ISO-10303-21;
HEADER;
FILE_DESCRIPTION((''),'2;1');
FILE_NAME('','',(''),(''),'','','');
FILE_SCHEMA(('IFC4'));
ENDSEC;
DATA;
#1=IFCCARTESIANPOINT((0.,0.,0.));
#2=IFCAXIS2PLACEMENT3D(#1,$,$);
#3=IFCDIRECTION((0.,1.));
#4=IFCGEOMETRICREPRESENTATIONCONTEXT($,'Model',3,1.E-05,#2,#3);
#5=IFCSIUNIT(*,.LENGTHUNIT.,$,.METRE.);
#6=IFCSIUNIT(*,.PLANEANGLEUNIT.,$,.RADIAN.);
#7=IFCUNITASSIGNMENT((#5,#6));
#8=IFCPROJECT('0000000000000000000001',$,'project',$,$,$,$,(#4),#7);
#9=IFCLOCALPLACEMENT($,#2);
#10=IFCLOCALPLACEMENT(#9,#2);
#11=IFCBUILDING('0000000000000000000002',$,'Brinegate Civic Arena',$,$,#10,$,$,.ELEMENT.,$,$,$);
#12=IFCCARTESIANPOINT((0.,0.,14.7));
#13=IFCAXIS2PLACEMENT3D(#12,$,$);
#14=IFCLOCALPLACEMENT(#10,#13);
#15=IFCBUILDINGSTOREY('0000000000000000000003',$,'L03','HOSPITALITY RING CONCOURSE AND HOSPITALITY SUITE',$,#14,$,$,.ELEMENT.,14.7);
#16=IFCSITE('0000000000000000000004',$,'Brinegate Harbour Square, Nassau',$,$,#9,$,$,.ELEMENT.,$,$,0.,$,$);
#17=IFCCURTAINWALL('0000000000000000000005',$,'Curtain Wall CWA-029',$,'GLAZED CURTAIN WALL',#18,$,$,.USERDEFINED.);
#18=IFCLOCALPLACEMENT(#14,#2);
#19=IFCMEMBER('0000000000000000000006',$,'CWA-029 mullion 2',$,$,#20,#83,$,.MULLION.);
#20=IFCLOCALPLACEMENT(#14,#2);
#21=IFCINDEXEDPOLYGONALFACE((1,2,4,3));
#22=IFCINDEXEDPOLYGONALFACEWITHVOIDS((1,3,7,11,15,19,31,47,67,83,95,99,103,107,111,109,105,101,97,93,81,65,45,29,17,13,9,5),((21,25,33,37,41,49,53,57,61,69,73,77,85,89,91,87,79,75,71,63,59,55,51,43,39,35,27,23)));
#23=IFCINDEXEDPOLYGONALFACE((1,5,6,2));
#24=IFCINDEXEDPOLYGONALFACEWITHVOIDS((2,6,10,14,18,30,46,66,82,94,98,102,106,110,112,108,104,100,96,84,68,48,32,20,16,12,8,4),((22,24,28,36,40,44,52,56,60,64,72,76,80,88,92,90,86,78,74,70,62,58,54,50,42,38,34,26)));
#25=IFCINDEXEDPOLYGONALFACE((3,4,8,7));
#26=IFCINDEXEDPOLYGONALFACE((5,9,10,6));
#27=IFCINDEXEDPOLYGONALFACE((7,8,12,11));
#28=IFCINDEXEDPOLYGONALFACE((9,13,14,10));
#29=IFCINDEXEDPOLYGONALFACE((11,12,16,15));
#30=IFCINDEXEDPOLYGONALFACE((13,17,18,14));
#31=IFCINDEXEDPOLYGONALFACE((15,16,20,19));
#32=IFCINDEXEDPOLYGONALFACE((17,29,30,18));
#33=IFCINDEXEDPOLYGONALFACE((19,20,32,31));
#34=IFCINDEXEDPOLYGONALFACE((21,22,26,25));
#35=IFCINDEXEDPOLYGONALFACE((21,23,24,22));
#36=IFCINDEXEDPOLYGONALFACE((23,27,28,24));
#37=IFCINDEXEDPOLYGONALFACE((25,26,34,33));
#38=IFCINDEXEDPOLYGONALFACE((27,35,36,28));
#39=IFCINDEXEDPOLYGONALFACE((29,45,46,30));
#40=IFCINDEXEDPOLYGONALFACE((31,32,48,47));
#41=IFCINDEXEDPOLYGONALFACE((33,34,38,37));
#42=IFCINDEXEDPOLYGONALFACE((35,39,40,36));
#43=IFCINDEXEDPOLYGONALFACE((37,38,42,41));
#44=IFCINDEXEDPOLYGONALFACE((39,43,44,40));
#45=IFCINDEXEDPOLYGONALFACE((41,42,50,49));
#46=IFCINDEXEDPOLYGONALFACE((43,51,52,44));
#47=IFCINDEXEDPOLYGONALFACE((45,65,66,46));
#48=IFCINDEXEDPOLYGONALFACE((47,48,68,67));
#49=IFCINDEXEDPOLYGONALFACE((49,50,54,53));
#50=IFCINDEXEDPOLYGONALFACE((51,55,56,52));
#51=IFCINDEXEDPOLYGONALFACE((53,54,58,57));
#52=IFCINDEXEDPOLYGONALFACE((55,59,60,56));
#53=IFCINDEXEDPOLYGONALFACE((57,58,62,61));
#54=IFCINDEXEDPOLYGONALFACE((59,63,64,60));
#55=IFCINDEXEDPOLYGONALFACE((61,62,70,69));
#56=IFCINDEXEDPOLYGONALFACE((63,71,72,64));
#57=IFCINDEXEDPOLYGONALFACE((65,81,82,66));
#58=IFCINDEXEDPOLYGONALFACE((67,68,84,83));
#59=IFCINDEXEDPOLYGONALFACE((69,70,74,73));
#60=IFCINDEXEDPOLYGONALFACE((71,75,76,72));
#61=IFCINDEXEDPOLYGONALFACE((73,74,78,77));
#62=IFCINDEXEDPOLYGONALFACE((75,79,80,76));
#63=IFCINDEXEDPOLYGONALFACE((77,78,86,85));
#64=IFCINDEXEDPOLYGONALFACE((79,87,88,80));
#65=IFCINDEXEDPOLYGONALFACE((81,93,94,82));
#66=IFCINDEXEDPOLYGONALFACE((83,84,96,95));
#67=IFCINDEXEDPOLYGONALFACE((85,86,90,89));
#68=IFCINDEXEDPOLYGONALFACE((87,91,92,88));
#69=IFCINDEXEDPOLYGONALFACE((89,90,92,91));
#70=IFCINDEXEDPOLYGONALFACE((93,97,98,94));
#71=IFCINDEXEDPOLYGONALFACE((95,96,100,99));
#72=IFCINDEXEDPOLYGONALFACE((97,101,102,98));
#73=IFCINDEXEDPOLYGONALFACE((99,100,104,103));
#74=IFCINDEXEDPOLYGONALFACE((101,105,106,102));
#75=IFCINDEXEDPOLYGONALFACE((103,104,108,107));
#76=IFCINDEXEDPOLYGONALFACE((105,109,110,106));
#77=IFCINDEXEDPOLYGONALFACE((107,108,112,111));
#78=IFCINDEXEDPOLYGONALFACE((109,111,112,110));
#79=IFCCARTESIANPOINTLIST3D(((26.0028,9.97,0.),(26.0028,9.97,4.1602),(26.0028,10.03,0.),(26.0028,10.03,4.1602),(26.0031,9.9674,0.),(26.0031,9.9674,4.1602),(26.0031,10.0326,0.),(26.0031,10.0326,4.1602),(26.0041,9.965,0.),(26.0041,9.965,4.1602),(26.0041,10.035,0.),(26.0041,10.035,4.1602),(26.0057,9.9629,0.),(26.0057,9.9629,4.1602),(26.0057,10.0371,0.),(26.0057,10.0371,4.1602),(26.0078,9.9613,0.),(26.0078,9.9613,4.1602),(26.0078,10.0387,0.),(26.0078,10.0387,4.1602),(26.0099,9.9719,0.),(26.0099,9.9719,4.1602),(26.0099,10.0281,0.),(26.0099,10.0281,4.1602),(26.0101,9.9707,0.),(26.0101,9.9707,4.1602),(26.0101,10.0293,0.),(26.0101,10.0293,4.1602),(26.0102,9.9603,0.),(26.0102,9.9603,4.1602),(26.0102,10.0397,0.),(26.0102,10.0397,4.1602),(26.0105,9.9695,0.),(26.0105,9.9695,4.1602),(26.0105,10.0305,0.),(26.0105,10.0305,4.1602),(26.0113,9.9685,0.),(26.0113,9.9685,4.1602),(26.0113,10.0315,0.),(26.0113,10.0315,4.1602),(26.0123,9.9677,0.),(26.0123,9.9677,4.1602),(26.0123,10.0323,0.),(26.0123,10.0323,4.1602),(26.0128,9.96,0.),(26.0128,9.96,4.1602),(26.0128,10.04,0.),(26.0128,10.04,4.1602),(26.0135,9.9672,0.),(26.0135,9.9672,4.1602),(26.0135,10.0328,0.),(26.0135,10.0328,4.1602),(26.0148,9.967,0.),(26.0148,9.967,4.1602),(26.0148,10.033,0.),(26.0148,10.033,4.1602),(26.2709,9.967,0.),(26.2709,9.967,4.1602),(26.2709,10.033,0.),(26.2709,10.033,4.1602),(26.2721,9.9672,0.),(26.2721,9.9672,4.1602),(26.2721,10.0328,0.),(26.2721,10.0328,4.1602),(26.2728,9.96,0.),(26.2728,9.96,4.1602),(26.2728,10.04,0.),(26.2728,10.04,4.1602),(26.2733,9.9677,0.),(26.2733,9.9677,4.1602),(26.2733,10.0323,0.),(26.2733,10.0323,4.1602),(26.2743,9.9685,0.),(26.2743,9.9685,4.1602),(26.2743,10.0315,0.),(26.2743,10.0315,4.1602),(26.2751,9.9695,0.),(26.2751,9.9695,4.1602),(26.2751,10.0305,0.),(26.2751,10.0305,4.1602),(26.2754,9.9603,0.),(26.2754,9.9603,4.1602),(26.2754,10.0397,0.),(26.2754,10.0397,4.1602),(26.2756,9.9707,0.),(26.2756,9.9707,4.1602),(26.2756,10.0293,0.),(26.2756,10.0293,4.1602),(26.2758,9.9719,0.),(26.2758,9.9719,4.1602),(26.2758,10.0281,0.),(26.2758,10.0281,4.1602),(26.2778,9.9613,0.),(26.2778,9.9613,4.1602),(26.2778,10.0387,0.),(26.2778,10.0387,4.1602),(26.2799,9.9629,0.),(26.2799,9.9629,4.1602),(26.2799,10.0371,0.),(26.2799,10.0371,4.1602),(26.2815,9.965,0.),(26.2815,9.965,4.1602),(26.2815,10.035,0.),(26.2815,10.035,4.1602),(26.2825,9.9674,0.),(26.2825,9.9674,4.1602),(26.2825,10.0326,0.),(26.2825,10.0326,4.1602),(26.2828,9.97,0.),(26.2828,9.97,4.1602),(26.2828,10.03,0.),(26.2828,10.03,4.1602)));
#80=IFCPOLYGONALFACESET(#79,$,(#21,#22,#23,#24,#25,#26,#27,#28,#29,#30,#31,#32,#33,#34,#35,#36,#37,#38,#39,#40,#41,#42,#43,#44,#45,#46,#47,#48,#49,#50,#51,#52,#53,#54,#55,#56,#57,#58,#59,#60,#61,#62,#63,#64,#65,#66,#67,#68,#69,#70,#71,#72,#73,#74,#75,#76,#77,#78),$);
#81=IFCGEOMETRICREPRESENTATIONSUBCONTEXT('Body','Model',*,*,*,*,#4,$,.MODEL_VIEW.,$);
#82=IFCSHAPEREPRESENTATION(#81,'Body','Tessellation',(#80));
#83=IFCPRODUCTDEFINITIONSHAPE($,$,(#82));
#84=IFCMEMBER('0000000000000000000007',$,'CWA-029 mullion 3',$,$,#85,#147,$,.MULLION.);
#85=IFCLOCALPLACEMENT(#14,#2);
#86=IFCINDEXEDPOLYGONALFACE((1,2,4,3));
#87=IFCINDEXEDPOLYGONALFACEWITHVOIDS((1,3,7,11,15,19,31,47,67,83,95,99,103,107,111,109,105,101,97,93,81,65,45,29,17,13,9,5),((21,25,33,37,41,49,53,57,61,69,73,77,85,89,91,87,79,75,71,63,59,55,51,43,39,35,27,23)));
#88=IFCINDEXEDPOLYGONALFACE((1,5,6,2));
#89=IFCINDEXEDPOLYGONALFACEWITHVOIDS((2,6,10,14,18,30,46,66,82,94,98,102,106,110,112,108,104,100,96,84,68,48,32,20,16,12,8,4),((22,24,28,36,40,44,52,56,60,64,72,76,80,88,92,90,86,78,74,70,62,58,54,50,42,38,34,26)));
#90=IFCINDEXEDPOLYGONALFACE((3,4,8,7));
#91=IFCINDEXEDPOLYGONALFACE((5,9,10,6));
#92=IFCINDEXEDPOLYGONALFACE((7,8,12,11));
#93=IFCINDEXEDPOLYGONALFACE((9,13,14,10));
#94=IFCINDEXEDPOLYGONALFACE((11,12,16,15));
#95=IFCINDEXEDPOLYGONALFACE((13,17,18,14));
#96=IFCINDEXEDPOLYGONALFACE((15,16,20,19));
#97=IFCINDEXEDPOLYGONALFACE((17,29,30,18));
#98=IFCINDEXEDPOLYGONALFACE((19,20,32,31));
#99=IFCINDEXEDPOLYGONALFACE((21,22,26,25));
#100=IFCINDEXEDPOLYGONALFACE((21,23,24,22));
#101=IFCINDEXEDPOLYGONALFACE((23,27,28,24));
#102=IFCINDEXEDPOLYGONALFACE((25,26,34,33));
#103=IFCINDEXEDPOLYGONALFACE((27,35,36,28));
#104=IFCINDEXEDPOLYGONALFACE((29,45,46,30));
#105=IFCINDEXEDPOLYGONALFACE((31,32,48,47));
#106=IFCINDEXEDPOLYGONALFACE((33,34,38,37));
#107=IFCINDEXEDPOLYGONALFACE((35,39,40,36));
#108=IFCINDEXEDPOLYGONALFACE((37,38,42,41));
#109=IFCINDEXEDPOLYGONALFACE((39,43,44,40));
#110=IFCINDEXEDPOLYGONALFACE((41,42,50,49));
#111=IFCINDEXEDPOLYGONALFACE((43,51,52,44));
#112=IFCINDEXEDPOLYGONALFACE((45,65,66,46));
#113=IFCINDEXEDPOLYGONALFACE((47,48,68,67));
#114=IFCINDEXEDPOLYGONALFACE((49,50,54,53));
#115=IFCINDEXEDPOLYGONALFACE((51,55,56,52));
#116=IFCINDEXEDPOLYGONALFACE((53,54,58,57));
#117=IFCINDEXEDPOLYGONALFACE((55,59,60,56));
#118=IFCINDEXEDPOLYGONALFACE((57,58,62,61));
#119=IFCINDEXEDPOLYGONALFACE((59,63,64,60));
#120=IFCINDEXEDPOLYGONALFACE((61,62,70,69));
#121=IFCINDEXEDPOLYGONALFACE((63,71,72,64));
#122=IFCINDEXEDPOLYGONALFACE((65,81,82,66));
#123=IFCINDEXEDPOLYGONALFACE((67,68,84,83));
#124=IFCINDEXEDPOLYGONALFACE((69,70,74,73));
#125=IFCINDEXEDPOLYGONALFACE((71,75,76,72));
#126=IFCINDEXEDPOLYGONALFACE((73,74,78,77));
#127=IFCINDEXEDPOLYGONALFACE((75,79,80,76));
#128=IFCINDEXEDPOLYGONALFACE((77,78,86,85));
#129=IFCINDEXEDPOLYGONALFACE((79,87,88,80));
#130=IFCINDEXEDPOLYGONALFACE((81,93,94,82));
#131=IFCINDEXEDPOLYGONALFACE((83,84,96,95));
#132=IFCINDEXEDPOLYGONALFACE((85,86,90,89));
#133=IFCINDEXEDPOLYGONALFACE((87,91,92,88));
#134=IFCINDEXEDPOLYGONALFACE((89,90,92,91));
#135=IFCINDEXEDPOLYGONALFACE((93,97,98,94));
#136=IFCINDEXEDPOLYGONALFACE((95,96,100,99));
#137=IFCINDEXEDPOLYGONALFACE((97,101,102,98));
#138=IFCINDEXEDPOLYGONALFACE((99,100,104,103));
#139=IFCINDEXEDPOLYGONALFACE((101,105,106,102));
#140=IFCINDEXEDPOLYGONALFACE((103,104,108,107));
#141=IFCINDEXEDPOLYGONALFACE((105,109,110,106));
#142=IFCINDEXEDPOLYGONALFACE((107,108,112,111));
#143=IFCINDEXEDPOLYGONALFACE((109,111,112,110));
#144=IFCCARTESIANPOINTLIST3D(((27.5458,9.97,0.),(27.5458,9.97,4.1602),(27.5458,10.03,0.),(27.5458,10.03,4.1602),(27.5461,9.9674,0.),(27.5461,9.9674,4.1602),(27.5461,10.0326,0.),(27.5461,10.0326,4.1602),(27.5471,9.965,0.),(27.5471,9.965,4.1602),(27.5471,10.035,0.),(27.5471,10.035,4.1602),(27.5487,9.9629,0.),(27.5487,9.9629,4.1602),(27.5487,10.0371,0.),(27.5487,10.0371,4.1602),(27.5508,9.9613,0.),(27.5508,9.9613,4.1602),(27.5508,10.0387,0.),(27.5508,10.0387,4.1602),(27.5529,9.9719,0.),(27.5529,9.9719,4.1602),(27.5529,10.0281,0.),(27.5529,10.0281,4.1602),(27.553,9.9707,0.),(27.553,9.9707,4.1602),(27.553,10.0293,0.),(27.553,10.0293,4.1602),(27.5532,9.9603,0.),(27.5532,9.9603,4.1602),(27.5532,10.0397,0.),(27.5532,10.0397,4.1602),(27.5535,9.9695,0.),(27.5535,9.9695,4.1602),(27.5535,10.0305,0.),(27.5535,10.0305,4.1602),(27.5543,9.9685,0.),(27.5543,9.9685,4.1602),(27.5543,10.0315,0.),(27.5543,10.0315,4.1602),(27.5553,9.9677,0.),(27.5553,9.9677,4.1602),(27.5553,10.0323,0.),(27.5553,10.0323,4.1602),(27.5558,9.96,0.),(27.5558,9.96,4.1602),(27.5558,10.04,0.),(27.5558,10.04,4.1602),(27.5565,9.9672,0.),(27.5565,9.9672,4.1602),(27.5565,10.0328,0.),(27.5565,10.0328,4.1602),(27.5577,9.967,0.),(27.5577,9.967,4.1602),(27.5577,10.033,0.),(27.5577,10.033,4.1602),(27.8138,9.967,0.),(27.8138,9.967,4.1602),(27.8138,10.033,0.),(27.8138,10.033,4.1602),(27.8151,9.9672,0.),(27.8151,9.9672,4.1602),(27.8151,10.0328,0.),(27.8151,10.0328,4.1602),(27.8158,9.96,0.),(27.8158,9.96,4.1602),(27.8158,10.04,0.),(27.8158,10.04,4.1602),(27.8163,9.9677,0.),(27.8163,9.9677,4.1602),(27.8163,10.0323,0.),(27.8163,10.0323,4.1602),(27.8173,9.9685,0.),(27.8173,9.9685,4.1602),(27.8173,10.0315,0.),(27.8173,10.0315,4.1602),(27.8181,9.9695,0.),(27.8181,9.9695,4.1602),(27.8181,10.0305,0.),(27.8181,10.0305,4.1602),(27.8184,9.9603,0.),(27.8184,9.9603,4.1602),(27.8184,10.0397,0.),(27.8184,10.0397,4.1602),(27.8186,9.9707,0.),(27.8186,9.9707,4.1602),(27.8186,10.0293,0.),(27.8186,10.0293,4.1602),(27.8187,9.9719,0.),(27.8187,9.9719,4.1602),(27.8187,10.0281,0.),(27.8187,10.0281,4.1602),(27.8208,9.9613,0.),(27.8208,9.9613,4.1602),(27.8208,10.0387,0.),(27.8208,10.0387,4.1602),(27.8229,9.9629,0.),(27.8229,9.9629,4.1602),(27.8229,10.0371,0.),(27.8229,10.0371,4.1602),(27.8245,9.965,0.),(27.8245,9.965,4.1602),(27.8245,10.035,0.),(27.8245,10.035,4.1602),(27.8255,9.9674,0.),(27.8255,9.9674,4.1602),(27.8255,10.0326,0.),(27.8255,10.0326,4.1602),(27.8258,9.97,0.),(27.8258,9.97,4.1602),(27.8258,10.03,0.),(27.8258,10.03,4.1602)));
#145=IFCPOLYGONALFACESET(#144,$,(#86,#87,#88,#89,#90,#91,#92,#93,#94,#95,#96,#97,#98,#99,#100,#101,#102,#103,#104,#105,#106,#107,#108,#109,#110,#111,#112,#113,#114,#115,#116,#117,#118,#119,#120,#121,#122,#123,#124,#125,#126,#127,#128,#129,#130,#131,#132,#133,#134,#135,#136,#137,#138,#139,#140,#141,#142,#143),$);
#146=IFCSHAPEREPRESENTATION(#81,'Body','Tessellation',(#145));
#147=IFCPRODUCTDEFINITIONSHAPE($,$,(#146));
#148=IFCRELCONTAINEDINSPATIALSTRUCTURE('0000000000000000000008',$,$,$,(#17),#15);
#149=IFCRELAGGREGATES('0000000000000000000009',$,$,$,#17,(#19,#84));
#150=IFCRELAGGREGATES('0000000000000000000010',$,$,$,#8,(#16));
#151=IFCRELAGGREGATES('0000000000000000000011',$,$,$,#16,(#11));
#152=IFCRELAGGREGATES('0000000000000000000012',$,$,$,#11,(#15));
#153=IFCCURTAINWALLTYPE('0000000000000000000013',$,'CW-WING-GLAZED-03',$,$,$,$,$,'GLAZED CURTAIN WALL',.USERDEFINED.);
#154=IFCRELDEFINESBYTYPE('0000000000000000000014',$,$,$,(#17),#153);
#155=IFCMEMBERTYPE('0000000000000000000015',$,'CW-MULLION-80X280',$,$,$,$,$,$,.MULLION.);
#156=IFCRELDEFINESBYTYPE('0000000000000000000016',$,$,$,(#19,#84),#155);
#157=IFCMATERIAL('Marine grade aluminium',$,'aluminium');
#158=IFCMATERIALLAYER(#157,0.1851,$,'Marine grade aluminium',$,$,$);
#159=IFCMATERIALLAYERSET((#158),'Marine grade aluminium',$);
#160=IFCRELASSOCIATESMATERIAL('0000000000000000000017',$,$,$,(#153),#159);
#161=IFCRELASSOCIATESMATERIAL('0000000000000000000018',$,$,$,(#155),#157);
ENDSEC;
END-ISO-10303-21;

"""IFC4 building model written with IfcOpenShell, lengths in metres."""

from ifc_helpers import new_model, si_unit, direction, frame, origin, origin_2d, place, context, subcontext, project, spatial, hollow_rectangle, extrude, material, layer, layer_set, material_profile, profile_set, type_object, element, aggregate, save


model = new_model("IFC4")

# Units and contexts
model_context = context("Model", 3, precision=1e-05, world=origin(), true_north=direction((0.0, 1.0)))
body_context = subcontext(model_context, "Body", "Model", "MODEL_VIEW")
ifc_project = project(units=[si_unit("LENGTHUNIT", "METRE"), si_unit("PLANEANGLEUNIT", "RADIAN")], contexts=[model_context])

# Site, building, storey
site_placement = place(None, origin())
site = spatial("IfcSite", under=ifc_project, at=site_placement, Name="Brinegate Harbour Square, Nassau", CompositionType="ELEMENT", RefElevation=0.0)
building_placement = place(site_placement, origin())
building = spatial("IfcBuilding", under=site, at=building_placement, Name="Brinegate Civic Arena", CompositionType="ELEMENT")
storey_placement = place(building_placement, frame((0.0, 0.0, 14.7)))
storey = spatial("IfcBuildingStorey", under=building, at=storey_placement, Name="L03", Description="HOSPITALITY RING CONCOURSE AND HOSPITALITY SUITE", CompositionType="ELEMENT", Elevation=14.7)

# Curtain wall, members
ifc_material_1 = material(Name="Marine grade aluminium", Category="aluminium")
ifc_layer_1 = layer(ifc_material_1, 0.1851, Name="Marine grade aluminium")
ifc_layer_set_1 = layer_set([ifc_layer_1], Name="Marine grade aluminium")
curtain_wall_type = type_object("IfcCurtainWallType", Name="CW-WING-GLAZED-03", ElementType="GLAZED CURTAIN WALL", PredefinedType="USERDEFINED", material=ifc_layer_set_1)
curtain_wall_placement = place(storey_placement, origin())
curtain_wall = element("IfcCurtainWall", 1, at=curtain_wall_placement, inside=storey, type_object=curtain_wall_type, Name="Curtain Wall CWA-029", ObjectType="GLAZED CURTAIN WALL", PredefinedType="USERDEFINED")
ifc_material_profile_1 = material_profile(ifc_material_1, hollow_rectangle(XDim=0.0801, YDim=0.28, WallThickness=0.0071, InnerFilletRadius=0.0049, OuterFilletRadius=0.01, at=origin_2d()), Name="MUL80X280")
ifc_profile_set_1 = profile_set([ifc_material_profile_1], Name="Marine grade aluminium")
member_type_1 = type_object("IfcMemberType", Name="CW-MULLION-80X280", PredefinedType="MULLION", material=ifc_profile_set_1)
member_1_placement = place(storey_placement, frame((26.1428, 10.0, 0.0), z_axis=(0.0, 0.0, 1.0), x_axis=(0.0, 1.0, 0.0)))
member_1 = element("IfcMember", 2, at=member_1_placement, type_object=member_type_1, Name="CWA-029 mullion 2", PredefinedType="MULLION", context=body_context, shape_type="SweptSolid", body=[
    extrude(hollow_rectangle(XDim=0.0801, YDim=0.28, WallThickness=0.0071, InnerFilletRadius=0.0049, OuterFilletRadius=0.01, at=origin_2d()), origin(), (0.0, 0.0, 1.0), 4.1602),
])
member_2_placement = place(storey_placement, frame((27.6858, 10.0, 0.0), z_axis=(0.0, 0.0, 1.0), x_axis=(0.0, 1.0, 0.0)))
member_2 = element("IfcMember", 3, at=member_2_placement, type_object=member_type_1, Name="CWA-029 mullion 3", PredefinedType="MULLION", context=body_context, shape_type="SweptSolid", body=[
    extrude(hollow_rectangle(XDim=0.0801, YDim=0.28, WallThickness=0.0071, InnerFilletRadius=0.0049, OuterFilletRadius=0.01, at=origin_2d()), origin(), (0.0, 0.0, 1.0), 4.1602),
])
aggregate(curtain_wall, [member_1, member_2])

save(model, "model.ifc")
